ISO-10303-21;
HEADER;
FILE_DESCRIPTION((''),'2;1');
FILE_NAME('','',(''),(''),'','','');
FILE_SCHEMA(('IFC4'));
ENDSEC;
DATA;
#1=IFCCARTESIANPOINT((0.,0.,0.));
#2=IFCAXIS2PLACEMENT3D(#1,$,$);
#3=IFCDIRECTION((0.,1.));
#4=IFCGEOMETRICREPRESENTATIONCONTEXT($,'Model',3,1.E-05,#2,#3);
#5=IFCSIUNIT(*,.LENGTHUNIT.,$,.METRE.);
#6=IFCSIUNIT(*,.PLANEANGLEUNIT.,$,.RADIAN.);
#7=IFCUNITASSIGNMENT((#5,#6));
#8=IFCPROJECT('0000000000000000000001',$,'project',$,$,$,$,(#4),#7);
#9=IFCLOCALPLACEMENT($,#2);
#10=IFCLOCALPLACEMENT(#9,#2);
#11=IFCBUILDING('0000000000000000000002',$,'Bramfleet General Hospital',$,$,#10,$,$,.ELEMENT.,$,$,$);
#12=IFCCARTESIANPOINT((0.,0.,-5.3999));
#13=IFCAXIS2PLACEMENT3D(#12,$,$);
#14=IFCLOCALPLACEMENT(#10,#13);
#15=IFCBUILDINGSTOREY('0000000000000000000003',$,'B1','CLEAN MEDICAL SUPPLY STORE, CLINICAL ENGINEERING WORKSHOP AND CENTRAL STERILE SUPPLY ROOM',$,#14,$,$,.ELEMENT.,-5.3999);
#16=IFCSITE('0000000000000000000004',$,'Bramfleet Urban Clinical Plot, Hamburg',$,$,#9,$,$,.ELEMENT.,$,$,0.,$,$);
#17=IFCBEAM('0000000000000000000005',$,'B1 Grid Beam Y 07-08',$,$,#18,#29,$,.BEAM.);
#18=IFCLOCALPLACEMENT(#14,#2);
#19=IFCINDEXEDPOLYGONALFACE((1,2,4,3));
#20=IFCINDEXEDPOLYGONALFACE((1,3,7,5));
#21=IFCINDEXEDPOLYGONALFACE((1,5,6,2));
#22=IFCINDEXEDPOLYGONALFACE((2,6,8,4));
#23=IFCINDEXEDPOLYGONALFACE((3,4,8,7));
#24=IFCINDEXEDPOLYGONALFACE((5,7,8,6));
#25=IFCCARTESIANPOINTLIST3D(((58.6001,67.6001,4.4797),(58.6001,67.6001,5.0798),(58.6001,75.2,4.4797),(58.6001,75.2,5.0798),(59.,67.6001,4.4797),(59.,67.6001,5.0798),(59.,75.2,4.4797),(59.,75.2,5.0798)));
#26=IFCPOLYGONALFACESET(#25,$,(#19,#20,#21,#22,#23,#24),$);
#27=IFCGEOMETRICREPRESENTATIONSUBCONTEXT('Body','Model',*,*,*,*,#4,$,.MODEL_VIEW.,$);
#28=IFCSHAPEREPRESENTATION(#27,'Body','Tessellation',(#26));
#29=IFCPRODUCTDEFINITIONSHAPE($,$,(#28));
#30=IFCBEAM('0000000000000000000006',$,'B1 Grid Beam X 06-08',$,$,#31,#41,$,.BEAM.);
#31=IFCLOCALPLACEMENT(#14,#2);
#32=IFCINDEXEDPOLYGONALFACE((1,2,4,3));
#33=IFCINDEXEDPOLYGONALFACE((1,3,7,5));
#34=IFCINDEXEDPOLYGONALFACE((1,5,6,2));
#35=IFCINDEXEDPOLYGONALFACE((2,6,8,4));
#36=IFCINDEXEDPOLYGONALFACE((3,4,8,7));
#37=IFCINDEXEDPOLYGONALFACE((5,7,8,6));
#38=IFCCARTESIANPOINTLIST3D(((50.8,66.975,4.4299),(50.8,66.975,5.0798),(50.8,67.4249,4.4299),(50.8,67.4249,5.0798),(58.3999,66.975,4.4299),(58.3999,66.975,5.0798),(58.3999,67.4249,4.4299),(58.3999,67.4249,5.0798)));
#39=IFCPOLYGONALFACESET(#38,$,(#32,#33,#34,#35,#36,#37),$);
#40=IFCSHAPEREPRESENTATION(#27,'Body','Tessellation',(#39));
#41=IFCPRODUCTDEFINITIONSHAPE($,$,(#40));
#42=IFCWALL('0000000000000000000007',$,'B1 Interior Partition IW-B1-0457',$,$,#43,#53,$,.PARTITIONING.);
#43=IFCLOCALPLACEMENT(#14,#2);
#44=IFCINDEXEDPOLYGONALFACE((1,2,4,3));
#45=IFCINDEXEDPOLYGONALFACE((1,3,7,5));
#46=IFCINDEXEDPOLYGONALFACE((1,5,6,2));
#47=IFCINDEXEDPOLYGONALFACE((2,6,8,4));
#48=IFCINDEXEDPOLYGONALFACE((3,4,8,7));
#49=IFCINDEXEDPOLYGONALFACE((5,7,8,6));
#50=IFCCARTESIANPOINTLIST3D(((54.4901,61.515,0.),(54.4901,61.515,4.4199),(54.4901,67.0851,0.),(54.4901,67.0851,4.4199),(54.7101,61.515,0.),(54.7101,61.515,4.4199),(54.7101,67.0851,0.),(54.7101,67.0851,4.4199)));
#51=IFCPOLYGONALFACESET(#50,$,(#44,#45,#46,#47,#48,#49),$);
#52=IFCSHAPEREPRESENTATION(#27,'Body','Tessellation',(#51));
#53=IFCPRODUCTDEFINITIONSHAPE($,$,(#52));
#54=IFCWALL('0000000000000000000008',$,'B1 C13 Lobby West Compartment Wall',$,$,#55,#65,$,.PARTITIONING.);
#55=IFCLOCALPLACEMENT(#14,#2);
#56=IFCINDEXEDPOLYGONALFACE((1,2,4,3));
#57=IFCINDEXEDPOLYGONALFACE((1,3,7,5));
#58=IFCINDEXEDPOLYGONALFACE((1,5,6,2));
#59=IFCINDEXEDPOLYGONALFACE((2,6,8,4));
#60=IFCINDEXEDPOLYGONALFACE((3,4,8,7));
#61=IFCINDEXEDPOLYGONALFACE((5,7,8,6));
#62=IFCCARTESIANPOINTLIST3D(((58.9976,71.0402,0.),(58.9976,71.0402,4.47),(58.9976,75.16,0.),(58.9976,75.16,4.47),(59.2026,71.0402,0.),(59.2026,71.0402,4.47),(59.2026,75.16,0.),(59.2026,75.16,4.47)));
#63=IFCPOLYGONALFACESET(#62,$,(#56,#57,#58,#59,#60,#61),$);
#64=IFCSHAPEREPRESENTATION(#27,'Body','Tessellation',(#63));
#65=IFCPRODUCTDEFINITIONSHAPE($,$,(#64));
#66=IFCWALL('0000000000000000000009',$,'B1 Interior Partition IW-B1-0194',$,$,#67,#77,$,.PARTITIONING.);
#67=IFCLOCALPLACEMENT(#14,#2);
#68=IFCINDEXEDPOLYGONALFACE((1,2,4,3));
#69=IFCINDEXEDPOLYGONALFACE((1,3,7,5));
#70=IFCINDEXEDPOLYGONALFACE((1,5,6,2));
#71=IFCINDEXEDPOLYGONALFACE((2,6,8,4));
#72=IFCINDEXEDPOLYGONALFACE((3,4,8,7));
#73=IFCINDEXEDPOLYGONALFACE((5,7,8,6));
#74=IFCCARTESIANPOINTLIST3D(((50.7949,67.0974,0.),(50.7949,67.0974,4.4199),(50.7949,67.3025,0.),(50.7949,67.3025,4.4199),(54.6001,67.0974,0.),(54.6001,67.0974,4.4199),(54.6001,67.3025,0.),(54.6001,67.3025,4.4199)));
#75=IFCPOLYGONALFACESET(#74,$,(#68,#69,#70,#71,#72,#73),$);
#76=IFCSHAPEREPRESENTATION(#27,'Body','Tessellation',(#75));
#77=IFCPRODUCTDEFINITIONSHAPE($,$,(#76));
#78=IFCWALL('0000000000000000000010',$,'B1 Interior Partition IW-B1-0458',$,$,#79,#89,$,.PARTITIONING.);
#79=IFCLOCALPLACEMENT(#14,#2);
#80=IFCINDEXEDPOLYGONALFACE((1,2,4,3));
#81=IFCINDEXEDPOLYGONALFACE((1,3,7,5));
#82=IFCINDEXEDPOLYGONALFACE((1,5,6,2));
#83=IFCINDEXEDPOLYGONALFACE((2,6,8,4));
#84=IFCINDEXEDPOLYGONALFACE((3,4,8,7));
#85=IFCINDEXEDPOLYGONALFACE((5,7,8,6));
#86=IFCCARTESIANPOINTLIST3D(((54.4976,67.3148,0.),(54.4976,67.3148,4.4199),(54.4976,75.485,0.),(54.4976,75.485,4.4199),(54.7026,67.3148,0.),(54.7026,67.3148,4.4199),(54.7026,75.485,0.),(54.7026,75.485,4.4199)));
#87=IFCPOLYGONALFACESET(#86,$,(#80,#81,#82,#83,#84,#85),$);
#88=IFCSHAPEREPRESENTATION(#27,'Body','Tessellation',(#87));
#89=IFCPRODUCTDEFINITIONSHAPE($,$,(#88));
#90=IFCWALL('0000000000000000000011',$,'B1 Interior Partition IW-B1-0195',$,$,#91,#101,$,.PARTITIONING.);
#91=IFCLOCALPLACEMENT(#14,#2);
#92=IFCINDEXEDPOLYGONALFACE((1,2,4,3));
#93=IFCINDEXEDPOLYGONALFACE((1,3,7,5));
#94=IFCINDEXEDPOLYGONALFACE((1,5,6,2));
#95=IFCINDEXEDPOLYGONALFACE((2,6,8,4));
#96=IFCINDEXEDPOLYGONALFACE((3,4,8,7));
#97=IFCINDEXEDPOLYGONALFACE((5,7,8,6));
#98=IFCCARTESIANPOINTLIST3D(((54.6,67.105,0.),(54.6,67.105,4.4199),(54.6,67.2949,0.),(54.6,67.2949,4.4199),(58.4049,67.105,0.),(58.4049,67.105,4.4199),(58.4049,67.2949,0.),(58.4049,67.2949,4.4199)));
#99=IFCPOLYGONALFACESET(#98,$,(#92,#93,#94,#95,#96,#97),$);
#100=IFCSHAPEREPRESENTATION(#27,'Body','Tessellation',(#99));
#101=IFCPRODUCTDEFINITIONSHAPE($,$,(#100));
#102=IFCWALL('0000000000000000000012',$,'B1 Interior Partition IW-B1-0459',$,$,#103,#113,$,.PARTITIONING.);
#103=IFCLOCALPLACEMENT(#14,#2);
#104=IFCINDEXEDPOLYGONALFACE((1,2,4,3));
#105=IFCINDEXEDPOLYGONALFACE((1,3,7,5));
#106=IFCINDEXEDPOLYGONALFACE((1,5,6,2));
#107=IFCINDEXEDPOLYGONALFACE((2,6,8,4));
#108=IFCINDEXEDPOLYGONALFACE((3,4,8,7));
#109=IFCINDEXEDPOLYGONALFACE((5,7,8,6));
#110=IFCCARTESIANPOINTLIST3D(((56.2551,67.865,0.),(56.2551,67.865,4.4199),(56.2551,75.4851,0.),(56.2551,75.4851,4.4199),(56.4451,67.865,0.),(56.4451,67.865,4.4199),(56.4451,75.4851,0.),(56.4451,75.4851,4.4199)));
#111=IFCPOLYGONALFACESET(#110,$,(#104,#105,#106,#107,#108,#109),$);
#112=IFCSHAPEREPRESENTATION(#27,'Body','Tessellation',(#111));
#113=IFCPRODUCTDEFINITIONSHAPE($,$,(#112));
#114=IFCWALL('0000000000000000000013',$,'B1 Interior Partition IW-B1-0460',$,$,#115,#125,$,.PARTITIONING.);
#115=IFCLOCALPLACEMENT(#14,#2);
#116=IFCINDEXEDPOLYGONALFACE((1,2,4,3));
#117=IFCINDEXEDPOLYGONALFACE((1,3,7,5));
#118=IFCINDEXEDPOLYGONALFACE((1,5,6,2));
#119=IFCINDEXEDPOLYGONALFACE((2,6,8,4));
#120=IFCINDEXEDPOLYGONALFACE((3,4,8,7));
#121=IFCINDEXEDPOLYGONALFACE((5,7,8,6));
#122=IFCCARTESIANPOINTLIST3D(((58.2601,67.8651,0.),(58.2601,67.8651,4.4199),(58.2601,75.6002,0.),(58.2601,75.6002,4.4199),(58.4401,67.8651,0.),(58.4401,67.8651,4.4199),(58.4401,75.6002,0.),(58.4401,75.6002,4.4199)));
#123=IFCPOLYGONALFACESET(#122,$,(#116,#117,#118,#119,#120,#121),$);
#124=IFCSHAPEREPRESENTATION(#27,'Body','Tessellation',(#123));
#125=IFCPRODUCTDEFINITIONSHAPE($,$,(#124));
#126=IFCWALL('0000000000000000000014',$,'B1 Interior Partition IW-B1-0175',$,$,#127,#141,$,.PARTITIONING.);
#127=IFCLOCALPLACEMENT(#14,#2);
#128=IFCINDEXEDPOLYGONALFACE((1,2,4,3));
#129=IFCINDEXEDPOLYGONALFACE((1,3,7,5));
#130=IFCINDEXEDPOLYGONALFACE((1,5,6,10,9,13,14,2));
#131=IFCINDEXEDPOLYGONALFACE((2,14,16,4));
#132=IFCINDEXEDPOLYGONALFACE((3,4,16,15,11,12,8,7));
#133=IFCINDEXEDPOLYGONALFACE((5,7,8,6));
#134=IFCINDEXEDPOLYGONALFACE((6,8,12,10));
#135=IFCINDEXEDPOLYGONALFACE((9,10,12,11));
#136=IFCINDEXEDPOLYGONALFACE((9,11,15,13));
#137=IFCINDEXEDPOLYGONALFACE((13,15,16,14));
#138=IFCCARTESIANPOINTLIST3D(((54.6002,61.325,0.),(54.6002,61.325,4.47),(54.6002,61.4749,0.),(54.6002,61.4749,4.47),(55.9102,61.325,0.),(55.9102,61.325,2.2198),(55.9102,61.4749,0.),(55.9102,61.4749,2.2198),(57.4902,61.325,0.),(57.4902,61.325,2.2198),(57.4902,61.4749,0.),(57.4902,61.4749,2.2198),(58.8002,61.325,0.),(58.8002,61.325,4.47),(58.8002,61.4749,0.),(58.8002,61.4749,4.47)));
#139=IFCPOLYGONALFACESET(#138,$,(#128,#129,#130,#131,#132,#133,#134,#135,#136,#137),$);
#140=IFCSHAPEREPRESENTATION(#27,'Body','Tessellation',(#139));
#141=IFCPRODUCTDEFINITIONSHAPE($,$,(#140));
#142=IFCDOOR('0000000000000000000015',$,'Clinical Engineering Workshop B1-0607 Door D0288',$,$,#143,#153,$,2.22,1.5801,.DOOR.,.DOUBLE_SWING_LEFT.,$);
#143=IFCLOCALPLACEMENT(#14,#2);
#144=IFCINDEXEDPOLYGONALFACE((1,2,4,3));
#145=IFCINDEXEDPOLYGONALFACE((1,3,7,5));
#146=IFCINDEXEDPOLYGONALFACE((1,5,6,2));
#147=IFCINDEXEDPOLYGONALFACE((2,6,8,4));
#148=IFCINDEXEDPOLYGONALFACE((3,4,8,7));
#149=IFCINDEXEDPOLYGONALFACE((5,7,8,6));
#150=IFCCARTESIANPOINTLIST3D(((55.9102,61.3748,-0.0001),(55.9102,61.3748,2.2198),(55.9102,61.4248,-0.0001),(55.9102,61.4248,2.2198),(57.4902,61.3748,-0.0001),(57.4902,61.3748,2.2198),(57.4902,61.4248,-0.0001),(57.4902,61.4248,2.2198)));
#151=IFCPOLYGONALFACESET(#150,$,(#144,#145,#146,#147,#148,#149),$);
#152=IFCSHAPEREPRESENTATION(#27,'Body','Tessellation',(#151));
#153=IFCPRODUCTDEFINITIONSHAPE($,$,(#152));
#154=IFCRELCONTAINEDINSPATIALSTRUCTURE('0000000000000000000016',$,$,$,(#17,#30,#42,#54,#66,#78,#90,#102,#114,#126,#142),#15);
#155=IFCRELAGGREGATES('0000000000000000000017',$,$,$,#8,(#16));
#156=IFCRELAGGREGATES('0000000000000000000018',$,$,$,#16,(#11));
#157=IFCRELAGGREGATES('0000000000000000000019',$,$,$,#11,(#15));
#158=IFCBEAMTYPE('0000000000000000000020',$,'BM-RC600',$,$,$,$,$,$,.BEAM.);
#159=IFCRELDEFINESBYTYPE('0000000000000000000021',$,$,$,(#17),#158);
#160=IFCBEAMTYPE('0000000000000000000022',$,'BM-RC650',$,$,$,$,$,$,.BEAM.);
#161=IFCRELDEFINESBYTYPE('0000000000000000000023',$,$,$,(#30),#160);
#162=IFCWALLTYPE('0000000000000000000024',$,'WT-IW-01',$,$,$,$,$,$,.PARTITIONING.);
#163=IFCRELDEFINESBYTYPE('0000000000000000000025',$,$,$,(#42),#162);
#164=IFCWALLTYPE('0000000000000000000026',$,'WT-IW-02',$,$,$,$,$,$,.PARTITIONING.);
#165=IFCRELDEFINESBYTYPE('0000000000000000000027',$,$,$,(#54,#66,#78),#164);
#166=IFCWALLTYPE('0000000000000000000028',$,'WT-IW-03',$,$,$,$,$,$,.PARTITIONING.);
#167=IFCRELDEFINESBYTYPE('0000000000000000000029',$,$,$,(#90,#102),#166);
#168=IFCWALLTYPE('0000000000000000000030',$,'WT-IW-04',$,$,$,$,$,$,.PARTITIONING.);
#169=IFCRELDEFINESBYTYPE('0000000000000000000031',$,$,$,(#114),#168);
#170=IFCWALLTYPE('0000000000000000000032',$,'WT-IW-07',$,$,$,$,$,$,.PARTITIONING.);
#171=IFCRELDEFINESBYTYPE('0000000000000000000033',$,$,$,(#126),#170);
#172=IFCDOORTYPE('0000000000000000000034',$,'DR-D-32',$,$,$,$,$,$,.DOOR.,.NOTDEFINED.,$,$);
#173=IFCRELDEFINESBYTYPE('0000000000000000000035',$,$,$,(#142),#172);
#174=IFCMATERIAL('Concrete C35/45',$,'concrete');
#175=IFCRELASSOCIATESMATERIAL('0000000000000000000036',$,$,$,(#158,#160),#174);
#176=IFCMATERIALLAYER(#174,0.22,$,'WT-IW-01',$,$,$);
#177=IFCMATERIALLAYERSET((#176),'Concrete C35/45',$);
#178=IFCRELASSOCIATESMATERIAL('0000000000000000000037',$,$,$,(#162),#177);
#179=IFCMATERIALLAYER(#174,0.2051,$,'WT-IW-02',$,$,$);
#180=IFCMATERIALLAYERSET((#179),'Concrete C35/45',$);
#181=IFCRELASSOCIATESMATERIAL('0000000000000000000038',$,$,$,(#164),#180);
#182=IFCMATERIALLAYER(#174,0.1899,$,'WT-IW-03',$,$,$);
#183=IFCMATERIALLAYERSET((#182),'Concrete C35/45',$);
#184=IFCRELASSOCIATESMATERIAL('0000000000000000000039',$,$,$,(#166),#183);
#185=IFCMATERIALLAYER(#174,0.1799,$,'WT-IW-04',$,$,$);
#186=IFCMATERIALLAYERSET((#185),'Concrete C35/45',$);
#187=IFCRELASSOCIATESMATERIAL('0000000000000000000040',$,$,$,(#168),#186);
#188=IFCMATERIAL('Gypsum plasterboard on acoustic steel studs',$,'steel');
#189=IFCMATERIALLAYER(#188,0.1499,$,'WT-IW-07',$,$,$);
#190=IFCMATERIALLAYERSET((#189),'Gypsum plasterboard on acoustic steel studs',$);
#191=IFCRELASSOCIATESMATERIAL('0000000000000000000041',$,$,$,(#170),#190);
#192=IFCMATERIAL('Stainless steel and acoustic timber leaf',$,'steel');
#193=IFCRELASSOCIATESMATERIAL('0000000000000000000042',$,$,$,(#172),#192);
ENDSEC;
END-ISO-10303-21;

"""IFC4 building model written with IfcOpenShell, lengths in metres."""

from ifc_helpers import new_model, si_unit, direction, frame, frame_2d, origin, origin_2d, place, context, subcontext, project, spatial, rectangle, extrude, material, layer, layer_set, material_profile, profile_set, type_object, element, fill, save


model = new_model("IFC4")

# Units and contexts
model_context = context("Model", 3, precision=1e-05, world=origin(), true_north=direction((0.0, 1.0)))
body_context = subcontext(model_context, "Body", "Model", "MODEL_VIEW")
ifc_project = project(units=[si_unit("LENGTHUNIT", "METRE"), si_unit("PLANEANGLEUNIT", "RADIAN")], contexts=[model_context])

# Site, building, storey
site_placement = place(None, origin())
site = spatial("IfcSite", under=ifc_project, at=site_placement, Name="Bramfleet Urban Clinical Plot, Hamburg", CompositionType="ELEMENT", RefElevation=0.0)
building_placement = place(site_placement, origin())
building = spatial("IfcBuilding", under=site, at=building_placement, Name="Bramfleet General Hospital", CompositionType="ELEMENT")
storey_placement = place(building_placement, frame((0.0, 0.0, -5.3999)))
storey = spatial("IfcBuildingStorey", under=building, at=storey_placement, Name="B1", Description="CLEAN MEDICAL SUPPLY STORE, CLINICAL ENGINEERING WORKSHOP AND CENTRAL STERILE SUPPLY ROOM", CompositionType="ELEMENT", Elevation=-5.3999)

# Shared definitions
ifc_material_1 = material(Name="Concrete C35/45", Category="concrete")

# Beams
ifc_material_profile_1 = material_profile(ifc_material_1, rectangle(XDim=0.3999, YDim=0.6001, at=origin_2d()), Name="RC BM 600x400")
ifc_profile_set_1 = profile_set([ifc_material_profile_1], Name="Concrete C35/45")
beam_type_1 = type_object("IfcBeamType", Name="BM-RC600", PredefinedType="BEAM", material=ifc_profile_set_1)
beam_1_placement = place(storey_placement, frame((58.8, 67.6001, 4.7798), z_axis=(0.0, 1.0, 0.0), x_axis=(-1.0, 0.0, 0.0)))
element("IfcBeam", 1, at=beam_1_placement, inside=storey, type_object=beam_type_1, Name="B1 Grid Beam Y 07-08", PredefinedType="BEAM", context=body_context, shape_type="SweptSolid", body=[
    extrude(rectangle(XDim=0.3999, YDim=0.6001, at=origin_2d()), origin(), (0.0, 0.0, 1.0), 7.5999),
])
ifc_material_profile_2 = material_profile(ifc_material_1, rectangle(XDim=0.45, YDim=0.6499, at=origin_2d()), Name="RC BM 650x450")
ifc_profile_set_2 = profile_set([ifc_material_profile_2], Name="Concrete C35/45")
beam_type_2 = type_object("IfcBeamType", Name="BM-RC650", PredefinedType="BEAM", material=ifc_profile_set_2)
beam_2_placement = place(storey_placement, frame((50.8, 67.2, 4.7549), z_axis=(1.0, 0.0, 0.0), x_axis=(0.0, 1.0, 0.0)))
element("IfcBeam", 2, at=beam_2_placement, inside=storey, type_object=beam_type_2, Name="B1 Grid Beam X 06-08", PredefinedType="BEAM", context=body_context, shape_type="SweptSolid", body=[
    extrude(rectangle(XDim=0.45, YDim=0.6499, at=origin_2d()), origin(), (0.0, 0.0, 1.0), 7.5999),
])

# Walls
ifc_layer_1 = layer(ifc_material_1, 0.22, Name="WT-IW-01")
ifc_layer_set_1 = layer_set([ifc_layer_1], Name="Concrete C35/45")
wall_type_1 = type_object("IfcWallType", Name="WT-IW-01", PredefinedType="PARTITIONING", material=ifc_layer_set_1)
wall_1_placement = place(storey_placement, frame((54.6001, 61.5149, 0.0), z_axis=(0.0, 0.0, 1.0), x_axis=(0.0, 1.0, 0.0)))
element("IfcWall", 3, at=wall_1_placement, inside=storey, type_object=wall_type_1, Name="B1 Interior Partition IW-B1-0457", PredefinedType="PARTITIONING", context=body_context, shape_type="SweptSolid", body=[
    extrude(rectangle(XDim=5.5701, YDim=0.22, at=frame_2d((2.7852, 0.0))), origin(), (0.0, 0.0, 1.0), 4.4199),
])
ifc_layer_2 = layer(ifc_material_1, 0.2051, Name="WT-IW-02")
ifc_layer_set_2 = layer_set([ifc_layer_2], Name="Concrete C35/45")
wall_type_2 = type_object("IfcWallType", Name="WT-IW-02", PredefinedType="PARTITIONING", material=ifc_layer_set_2)
wall_2_placement = place(storey_placement, frame((59.1001, 71.04, 0.0), z_axis=(0.0, 0.0, 1.0), x_axis=(0.0, 1.0, 0.0)))
element("IfcWall", 4, at=wall_2_placement, inside=storey, type_object=wall_type_2, Name="B1 C13 Lobby West Compartment Wall", PredefinedType="PARTITIONING", context=body_context, shape_type="SweptSolid", body=[
    extrude(rectangle(XDim=4.1199, YDim=0.2051, at=frame_2d((2.0601, 0.0))), origin(), (0.0, 0.0, 1.0), 4.47),
])
wall_3_placement = place(storey_placement, frame((50.7949, 67.2, 0.0), z_axis=(0.0, 0.0, 1.0), x_axis=(1.0, 0.0, 0.0)))
element("IfcWall", 5, at=wall_3_placement, inside=storey, type_object=wall_type_2, Name="B1 Interior Partition IW-B1-0194", PredefinedType="PARTITIONING", context=body_context, shape_type="SweptSolid", body=[
    extrude(rectangle(XDim=3.8052, YDim=0.2051, at=frame_2d((1.9026, 0.0))), origin(), (0.0, 0.0, 1.0), 4.4199),
])
wall_4_placement = place(storey_placement, frame((54.6001, 67.3149, 0.0), z_axis=(0.0, 0.0, 1.0), x_axis=(0.0, 1.0, 0.0)))
element("IfcWall", 6, at=wall_4_placement, inside=storey, type_object=wall_type_2, Name="B1 Interior Partition IW-B1-0458", PredefinedType="PARTITIONING", context=body_context, shape_type="SweptSolid", body=[
    extrude(rectangle(XDim=8.1702, YDim=0.2051, at=frame_2d((4.085, 0.0))), origin(), (0.0, 0.0, 1.0), 4.4199),
])
ifc_layer_3 = layer(ifc_material_1, 0.1899, Name="WT-IW-03")
ifc_layer_set_3 = layer_set([ifc_layer_3], Name="Concrete C35/45")
wall_type_3 = type_object("IfcWallType", Name="WT-IW-03", PredefinedType="PARTITIONING", material=ifc_layer_set_3)
wall_5_placement = place(storey_placement, frame((54.6001, 67.2, 0.0), z_axis=(0.0, 0.0, 1.0), x_axis=(1.0, 0.0, 0.0)))
element("IfcWall", 7, at=wall_5_placement, inside=storey, type_object=wall_type_3, Name="B1 Interior Partition IW-B1-0195", PredefinedType="PARTITIONING", context=body_context, shape_type="SweptSolid", body=[
    extrude(rectangle(XDim=3.8049, YDim=0.1899, at=frame_2d((1.9023, 0.0))), origin(), (0.0, 0.0, 1.0), 4.4199),
])
wall_6_placement = place(storey_placement, frame((56.3501, 67.865, 0.0), z_axis=(0.0, 0.0, 1.0), x_axis=(0.0, 1.0, 0.0)))
element("IfcWall", 8, at=wall_6_placement, inside=storey, type_object=wall_type_3, Name="B1 Interior Partition IW-B1-0459", PredefinedType="PARTITIONING", context=body_context, shape_type="SweptSolid", body=[
    extrude(rectangle(XDim=7.6201, YDim=0.1899, at=frame_2d((3.8101, 0.0))), origin(), (0.0, 0.0, 1.0), 4.4199),
])
ifc_layer_4 = layer(ifc_material_1, 0.1799, Name="WT-IW-04")
ifc_layer_set_4 = layer_set([ifc_layer_4], Name="Concrete C35/45")
wall_type_4 = type_object("IfcWallType", Name="WT-IW-04", PredefinedType="PARTITIONING", material=ifc_layer_set_4)
wall_7_placement = place(storey_placement, frame((58.3501, 67.865, 0.0), z_axis=(0.0, 0.0, 1.0), x_axis=(0.0, 1.0, 0.0)))
element("IfcWall", 9, at=wall_7_placement, inside=storey, type_object=wall_type_4, Name="B1 Interior Partition IW-B1-0460", PredefinedType="PARTITIONING", context=body_context, shape_type="SweptSolid", body=[
    extrude(rectangle(XDim=7.7351, YDim=0.1799, at=frame_2d((3.8677, 0.0))), origin(), (0.0, 0.0, 1.0), 4.4199),
])

# Wall, opening, door
ifc_material_2 = material(Name="Gypsum plasterboard on acoustic steel studs", Category="steel")
ifc_layer_5 = layer(ifc_material_2, 0.1499, Name="WT-IW-07")
ifc_layer_set_5 = layer_set([ifc_layer_5], Name="Gypsum plasterboard on acoustic steel studs")
wall_type_5 = type_object("IfcWallType", Name="WT-IW-07", PredefinedType="PARTITIONING", material=ifc_layer_set_5)
wall_8_placement = place(storey_placement, frame((54.6001, 61.3999, 0.0), z_axis=(0.0, 0.0, 1.0), x_axis=(1.0, 0.0, 0.0)))
wall_8 = element("IfcWall", 10, at=wall_8_placement, inside=storey, type_object=wall_type_5, Name="B1 Interior Partition IW-B1-0175", PredefinedType="PARTITIONING", context=body_context, shape_type="SweptSolid", body=[
    extrude(rectangle(XDim=4.2, YDim=0.1499, at=frame_2d((2.1001, 0.0))), origin(), (0.0, 0.0, 1.0), 4.47),
])
opening_1_placement = place(wall_8_placement, frame((1.3101, 0.0, 0.0)))
opening_1 = element("IfcOpeningElement", 11, at=opening_1_placement, cuts=wall_8, PredefinedType="OPENING", context=body_context, shape_type="SweptSolid", body=[
    extrude(rectangle(XDim=1.5801, YDim=2.22, at=frame_2d((0.79, 1.1099))), frame((0.0, 0.085, 0.0), z_axis=(0.0, -1.0, 0.0), x_axis=(1.0, 0.0, 0.0)), (0.0, 0.0, 1.0), 0.1699),
])
ifc_material_3 = material(Name="Stainless steel and acoustic timber leaf", Category="steel")
door_type_1 = type_object("IfcDoorType", Name="DR-D-32", OperationType="NOTDEFINED", PredefinedType="DOOR", material=ifc_material_3)
door_1_placement = place(opening_1_placement, origin())
door_1 = element("IfcDoor", 12, at=door_1_placement, inside=storey, type_object=door_type_1, Name="Clinical Engineering Workshop B1-0607 Door D0288", OperationType="DOUBLE_SWING_LEFT", OverallHeight=2.22, OverallWidth=1.5801, PredefinedType="DOOR", context=body_context, shape_type="SweptSolid", body=[
    extrude(rectangle(XDim=1.5801, YDim=2.22, at=frame_2d((0.79, 1.1099))), frame((0.0, 0.0249, 0.0), z_axis=(0.0, -1.0, 0.0), x_axis=(1.0, 0.0, 0.0)), (0.0, 0.0, 1.0), 0.05),
])
fill(opening_1, door_1)

save(model, "model.ifc")
